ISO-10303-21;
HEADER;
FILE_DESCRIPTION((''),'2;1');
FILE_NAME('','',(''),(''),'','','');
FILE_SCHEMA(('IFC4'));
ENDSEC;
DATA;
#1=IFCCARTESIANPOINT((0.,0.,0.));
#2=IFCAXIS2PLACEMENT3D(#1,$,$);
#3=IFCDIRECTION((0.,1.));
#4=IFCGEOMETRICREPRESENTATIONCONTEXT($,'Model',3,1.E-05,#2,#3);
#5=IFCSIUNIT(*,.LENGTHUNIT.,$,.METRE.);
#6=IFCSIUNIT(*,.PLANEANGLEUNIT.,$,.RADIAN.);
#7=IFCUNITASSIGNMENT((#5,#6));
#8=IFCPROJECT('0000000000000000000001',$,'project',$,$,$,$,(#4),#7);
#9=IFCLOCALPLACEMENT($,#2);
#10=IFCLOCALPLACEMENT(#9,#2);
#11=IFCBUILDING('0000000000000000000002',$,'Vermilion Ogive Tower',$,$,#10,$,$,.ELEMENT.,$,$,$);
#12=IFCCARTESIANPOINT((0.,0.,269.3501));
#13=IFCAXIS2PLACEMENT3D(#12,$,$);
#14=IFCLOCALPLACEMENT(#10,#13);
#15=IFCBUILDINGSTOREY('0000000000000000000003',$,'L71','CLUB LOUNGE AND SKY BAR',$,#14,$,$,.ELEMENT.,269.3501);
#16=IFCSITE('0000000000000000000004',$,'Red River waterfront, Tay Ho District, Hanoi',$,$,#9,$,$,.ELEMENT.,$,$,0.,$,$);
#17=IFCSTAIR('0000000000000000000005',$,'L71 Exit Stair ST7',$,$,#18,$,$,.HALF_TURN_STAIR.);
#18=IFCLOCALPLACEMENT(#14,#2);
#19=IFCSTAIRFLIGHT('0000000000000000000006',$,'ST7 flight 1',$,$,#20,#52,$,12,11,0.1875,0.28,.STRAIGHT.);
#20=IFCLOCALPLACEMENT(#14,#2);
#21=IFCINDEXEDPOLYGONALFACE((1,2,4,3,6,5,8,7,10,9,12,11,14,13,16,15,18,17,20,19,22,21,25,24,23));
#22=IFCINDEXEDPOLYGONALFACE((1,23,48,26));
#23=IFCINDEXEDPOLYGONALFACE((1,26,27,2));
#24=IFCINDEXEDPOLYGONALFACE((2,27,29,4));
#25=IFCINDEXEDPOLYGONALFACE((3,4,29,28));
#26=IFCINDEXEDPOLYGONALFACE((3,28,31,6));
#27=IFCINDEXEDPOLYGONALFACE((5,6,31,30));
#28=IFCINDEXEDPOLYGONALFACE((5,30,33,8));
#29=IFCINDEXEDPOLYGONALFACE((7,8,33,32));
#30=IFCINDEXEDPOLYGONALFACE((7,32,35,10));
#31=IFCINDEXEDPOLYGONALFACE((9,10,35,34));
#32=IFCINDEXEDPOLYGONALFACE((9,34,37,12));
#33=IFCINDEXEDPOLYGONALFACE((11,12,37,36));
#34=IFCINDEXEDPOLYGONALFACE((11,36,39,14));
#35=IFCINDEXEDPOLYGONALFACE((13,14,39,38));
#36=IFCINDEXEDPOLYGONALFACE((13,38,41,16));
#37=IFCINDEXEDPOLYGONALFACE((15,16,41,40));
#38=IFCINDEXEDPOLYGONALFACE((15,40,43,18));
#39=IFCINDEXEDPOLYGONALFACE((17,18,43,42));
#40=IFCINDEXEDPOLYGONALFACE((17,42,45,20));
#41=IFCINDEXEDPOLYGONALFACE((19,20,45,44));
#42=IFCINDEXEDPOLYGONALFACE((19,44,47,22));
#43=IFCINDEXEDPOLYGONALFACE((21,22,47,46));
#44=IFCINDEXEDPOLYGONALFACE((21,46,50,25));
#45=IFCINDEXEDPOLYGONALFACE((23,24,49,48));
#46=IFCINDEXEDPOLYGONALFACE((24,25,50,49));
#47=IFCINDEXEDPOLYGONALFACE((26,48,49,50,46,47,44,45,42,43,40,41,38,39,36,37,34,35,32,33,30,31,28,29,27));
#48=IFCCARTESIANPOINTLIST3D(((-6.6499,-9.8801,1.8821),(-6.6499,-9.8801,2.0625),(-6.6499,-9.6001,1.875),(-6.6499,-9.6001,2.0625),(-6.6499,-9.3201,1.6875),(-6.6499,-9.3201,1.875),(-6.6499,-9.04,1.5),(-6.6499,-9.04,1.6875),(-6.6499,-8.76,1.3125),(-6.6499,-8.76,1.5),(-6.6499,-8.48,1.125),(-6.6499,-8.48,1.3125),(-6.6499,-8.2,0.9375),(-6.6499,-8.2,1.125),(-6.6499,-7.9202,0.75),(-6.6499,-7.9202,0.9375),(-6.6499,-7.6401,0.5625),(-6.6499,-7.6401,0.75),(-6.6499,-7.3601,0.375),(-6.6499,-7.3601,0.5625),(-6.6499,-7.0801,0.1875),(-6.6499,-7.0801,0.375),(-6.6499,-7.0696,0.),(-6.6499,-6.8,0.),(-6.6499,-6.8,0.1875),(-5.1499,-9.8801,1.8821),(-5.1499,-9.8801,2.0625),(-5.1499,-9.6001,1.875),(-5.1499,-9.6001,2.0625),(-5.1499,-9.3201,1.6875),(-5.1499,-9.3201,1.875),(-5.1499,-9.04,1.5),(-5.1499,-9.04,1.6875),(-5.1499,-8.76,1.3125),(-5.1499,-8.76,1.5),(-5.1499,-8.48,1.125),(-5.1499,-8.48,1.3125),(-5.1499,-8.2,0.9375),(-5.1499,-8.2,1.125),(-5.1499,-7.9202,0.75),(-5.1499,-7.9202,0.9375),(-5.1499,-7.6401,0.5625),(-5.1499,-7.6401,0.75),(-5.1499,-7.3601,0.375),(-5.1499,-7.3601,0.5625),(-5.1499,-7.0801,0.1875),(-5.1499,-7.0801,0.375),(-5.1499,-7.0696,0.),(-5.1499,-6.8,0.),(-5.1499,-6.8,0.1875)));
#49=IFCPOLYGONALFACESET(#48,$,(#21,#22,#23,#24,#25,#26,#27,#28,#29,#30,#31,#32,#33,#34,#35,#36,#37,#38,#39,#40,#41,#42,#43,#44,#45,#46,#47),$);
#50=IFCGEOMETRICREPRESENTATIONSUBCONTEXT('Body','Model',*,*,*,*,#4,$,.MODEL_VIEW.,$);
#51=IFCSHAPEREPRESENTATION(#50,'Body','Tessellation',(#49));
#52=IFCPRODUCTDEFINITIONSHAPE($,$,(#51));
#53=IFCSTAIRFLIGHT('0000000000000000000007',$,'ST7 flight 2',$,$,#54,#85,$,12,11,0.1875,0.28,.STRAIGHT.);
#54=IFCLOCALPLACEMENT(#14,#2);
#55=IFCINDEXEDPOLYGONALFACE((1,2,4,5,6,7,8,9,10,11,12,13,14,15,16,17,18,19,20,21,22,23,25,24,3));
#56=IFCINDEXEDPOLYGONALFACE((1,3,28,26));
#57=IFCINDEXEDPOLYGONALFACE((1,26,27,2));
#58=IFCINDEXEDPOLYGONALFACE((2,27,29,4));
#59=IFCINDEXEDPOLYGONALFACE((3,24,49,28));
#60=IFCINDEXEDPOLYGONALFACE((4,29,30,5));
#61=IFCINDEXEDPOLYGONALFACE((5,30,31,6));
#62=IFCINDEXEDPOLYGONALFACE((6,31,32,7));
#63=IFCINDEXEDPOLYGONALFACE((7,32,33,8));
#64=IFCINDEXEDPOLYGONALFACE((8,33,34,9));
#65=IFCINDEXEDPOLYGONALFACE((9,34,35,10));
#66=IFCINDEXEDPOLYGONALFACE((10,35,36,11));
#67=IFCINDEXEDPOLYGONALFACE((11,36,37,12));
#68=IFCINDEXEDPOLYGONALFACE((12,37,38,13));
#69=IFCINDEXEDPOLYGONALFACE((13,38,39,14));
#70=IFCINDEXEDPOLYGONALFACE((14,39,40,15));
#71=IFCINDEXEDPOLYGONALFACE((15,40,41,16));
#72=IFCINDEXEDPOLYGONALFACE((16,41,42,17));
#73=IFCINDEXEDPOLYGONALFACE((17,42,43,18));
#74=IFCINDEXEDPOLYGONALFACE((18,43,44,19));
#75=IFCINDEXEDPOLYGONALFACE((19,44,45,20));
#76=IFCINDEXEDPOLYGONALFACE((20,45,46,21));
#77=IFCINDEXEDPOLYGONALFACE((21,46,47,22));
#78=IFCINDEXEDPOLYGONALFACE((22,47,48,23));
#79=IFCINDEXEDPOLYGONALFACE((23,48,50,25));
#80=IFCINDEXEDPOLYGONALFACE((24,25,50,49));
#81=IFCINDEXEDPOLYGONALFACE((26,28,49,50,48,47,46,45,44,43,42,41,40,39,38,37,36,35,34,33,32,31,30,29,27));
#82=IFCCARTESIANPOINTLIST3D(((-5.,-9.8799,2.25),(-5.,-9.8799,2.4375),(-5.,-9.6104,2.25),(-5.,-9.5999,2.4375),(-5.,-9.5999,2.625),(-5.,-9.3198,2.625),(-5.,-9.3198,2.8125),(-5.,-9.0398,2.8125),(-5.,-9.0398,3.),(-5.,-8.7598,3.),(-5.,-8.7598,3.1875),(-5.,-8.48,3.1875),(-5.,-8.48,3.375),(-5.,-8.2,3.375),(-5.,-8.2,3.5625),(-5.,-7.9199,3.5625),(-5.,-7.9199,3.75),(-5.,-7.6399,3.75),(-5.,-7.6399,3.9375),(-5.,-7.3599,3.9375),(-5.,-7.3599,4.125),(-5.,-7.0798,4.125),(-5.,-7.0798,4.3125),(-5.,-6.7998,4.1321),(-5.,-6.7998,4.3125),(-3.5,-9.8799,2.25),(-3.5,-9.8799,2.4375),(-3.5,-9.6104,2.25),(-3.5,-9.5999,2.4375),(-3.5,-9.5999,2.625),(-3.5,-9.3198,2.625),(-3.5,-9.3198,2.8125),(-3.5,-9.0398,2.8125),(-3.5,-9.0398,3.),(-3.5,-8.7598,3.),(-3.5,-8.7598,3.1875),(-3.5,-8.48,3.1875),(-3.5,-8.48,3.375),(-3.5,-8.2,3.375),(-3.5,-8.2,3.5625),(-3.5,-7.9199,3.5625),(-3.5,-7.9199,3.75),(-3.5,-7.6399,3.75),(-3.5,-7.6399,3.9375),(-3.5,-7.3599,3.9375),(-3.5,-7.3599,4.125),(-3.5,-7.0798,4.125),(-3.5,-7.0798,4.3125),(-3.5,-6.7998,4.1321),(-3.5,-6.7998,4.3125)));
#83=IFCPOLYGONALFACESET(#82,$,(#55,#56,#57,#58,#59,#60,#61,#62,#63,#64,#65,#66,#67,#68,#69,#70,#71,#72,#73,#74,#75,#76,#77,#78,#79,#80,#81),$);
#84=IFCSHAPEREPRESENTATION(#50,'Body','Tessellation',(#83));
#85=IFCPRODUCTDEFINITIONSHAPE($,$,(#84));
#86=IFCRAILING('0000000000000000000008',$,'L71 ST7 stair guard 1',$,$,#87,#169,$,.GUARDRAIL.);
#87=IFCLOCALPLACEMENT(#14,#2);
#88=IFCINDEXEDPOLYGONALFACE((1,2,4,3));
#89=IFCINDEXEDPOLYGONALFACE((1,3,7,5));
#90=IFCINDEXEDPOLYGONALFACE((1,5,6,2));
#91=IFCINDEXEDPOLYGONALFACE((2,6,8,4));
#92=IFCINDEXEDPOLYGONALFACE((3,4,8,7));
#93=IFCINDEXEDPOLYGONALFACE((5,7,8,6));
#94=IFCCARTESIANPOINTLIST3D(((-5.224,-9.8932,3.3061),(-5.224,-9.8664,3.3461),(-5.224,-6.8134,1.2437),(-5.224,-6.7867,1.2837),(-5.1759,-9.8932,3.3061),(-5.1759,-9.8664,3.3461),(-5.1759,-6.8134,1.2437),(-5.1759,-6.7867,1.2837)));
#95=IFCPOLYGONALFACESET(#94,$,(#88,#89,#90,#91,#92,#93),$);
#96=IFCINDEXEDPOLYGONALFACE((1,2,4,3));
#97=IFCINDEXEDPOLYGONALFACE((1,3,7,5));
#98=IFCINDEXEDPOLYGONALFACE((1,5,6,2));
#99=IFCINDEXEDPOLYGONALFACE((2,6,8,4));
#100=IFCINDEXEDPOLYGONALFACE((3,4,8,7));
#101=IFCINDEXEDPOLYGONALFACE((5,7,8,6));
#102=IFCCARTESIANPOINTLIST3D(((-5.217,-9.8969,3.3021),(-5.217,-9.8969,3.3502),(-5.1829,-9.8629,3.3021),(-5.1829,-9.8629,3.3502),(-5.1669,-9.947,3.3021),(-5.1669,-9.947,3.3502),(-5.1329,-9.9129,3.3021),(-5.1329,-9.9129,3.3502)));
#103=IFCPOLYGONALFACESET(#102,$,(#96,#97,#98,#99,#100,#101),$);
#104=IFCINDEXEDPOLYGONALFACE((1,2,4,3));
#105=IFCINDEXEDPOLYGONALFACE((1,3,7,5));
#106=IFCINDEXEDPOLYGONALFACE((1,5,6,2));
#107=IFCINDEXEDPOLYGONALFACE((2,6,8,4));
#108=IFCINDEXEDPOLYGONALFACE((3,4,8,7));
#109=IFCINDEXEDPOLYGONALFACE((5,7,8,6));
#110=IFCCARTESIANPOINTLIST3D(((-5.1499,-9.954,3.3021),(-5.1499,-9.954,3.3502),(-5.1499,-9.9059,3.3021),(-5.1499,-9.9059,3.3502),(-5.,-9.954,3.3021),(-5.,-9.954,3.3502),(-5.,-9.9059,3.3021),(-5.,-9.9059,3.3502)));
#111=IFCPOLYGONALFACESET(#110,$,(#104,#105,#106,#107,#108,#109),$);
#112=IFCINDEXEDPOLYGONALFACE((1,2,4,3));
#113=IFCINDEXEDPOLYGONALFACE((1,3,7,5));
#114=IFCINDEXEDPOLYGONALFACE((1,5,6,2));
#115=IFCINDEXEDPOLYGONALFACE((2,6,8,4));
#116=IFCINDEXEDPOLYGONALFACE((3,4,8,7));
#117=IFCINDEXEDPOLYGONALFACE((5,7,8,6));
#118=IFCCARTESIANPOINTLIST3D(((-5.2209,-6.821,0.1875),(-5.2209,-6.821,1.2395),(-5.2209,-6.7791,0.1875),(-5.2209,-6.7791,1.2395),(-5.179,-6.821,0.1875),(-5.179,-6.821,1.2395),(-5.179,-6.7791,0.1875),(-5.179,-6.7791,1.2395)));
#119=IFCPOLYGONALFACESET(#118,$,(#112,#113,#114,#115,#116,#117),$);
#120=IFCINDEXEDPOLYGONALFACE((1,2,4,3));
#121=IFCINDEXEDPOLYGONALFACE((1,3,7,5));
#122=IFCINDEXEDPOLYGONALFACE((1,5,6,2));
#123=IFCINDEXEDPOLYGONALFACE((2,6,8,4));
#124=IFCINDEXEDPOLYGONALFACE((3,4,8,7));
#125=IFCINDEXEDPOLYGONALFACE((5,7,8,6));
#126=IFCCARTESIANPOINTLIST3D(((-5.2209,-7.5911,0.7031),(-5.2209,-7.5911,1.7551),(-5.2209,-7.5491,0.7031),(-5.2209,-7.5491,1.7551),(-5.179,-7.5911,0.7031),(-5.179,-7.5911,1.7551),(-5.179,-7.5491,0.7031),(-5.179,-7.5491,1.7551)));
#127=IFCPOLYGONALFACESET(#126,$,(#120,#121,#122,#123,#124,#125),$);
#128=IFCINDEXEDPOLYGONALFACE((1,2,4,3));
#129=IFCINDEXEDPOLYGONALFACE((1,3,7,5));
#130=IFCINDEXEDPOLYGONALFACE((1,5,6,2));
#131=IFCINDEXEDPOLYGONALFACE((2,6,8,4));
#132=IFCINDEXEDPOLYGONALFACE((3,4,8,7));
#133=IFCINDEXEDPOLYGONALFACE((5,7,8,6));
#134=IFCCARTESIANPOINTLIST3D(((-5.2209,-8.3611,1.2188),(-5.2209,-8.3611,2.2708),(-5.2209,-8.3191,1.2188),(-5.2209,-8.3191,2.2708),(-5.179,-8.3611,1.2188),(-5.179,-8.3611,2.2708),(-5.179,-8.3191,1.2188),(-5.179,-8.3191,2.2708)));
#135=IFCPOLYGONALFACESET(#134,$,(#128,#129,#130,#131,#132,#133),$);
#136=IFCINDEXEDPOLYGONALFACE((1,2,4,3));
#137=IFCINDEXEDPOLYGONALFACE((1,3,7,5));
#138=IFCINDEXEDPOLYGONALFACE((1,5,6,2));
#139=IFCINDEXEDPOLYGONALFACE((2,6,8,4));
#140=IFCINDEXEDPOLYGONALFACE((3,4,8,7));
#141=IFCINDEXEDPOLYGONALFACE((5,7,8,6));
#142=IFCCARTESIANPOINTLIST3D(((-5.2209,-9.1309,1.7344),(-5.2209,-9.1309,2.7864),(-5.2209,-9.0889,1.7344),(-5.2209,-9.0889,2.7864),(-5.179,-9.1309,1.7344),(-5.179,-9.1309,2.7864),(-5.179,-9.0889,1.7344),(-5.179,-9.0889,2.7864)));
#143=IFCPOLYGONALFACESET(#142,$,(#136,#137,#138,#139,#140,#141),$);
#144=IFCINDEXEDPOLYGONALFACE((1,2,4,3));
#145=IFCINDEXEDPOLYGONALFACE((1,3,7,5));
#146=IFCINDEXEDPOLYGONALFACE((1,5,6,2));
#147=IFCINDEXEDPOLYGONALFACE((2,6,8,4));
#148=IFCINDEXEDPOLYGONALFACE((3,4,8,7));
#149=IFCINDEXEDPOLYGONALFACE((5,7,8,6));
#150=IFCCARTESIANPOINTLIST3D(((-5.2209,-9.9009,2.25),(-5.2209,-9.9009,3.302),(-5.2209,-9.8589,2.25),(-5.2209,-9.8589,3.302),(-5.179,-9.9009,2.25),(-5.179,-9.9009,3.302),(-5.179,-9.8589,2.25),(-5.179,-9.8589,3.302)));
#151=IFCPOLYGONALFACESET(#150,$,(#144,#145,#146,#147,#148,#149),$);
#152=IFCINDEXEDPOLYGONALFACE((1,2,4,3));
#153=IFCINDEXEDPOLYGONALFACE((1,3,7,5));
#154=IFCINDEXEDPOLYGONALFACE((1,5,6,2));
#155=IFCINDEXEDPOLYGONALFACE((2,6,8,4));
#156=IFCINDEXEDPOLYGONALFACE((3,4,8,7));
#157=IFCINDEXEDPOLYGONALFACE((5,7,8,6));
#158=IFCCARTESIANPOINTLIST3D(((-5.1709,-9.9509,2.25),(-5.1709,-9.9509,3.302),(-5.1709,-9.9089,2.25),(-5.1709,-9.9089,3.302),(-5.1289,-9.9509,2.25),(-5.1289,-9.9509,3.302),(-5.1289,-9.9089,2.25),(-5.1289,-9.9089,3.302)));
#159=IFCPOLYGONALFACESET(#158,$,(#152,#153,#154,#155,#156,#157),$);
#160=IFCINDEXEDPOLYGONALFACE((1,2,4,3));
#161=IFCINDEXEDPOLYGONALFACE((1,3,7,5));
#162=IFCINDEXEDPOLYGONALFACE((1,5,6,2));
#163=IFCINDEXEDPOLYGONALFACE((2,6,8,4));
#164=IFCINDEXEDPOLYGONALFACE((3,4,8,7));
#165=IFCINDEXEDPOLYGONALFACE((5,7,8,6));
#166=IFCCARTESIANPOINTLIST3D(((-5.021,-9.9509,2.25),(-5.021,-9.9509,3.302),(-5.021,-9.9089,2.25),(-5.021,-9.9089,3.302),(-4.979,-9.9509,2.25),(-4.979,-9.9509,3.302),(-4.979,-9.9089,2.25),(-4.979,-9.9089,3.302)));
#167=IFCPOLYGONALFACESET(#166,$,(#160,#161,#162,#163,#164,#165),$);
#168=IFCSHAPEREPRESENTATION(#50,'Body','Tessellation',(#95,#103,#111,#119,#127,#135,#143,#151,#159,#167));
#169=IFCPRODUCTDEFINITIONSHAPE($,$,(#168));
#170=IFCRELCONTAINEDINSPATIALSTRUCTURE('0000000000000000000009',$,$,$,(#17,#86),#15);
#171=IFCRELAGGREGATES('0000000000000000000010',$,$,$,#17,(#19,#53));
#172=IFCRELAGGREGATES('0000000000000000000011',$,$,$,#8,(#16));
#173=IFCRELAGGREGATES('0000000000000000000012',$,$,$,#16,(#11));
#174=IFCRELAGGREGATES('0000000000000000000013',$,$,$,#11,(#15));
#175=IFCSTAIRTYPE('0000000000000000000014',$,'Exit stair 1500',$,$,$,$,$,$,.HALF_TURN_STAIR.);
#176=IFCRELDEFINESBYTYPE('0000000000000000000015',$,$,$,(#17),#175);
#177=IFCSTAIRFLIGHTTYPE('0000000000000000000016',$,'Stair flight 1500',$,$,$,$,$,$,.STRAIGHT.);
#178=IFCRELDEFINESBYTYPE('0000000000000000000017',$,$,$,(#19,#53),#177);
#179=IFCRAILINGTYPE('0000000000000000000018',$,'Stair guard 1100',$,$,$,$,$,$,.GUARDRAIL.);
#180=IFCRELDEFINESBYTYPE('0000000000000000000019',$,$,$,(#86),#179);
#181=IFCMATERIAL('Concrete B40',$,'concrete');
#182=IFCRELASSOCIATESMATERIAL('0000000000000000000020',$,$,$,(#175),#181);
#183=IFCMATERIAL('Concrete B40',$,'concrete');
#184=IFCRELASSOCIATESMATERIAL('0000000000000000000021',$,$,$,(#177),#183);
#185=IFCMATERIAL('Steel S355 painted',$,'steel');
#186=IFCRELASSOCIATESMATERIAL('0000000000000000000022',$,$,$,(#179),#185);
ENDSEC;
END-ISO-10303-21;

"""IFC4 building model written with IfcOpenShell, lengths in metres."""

from ifc_helpers import new_model, si_unit, direction, frame, origin, origin_2d, place, context, subcontext, project, spatial, polyline, rectangle, outline, extrude, material, type_object, element, aggregate, save


model = new_model("IFC4")

# Units and contexts
model_context = context("Model", 3, precision=1e-05, world=origin(), true_north=direction((0.0, 1.0)))
body_context = subcontext(model_context, "Body", "Model", "MODEL_VIEW")
ifc_project = project(units=[si_unit("LENGTHUNIT", "METRE"), si_unit("PLANEANGLEUNIT", "RADIAN")], contexts=[model_context])

# Site, building, storey
site_placement = place(None, origin())
site = spatial("IfcSite", under=ifc_project, at=site_placement, Name="Red River waterfront, Tay Ho District, Hanoi", CompositionType="ELEMENT", RefElevation=0.0)
building_placement = place(site_placement, origin())
building = spatial("IfcBuilding", under=site, at=building_placement, Name="Vermilion Ogive Tower", CompositionType="ELEMENT")
storey_placement = place(building_placement, frame((0.0, 0.0, 269.3501)))
storey = spatial("IfcBuildingStorey", under=building, at=storey_placement, Name="L71", Description="CLUB LOUNGE AND SKY BAR", CompositionType="ELEMENT", Elevation=269.3501)

# Stair, stair flights
ifc_material_1 = material(Name="Concrete B40", Category="concrete")
stair_type = type_object("IfcStairType", Name="Exit stair 1500", PredefinedType="HALF_TURN_STAIR", material=ifc_material_1)
stair_placement = place(storey_placement, origin())
stair = element("IfcStair", 1, at=stair_placement, inside=storey, type_object=stair_type, Name="L71 Exit Stair ST7", PredefinedType="HALF_TURN_STAIR")
ifc_material_2 = material(Name="Concrete B40", Category="concrete")
stair_flight_type = type_object("IfcStairFlightType", Name="Stair flight 1500", PredefinedType="STRAIGHT", material=ifc_material_2)
stair_flight_1_placement = place(storey_placement, frame((-5.8999, -6.8, 0.0), z_axis=(0.0, 0.0, 1.0), x_axis=(0.0, -1.0, 0.0)))
stair_flight_1 = element("IfcStairFlight", 2, at=stair_flight_1_placement, type_object=stair_flight_type, Name="ST7 flight 1", NumberOfRisers=12, NumberOfTreads=11, PredefinedType="STRAIGHT", RiserHeight=0.1875, TreadLength=0.28, context=body_context, shape_type="SweptSolid", body=[
    extrude(outline(polyline([(0.0, 0.0), (0.0, 0.1875), (0.28, 0.1875), (0.28, 0.375), (0.5601, 0.375), (0.5601, 0.5625), (0.8401, 0.5625), (0.8401, 0.75), (1.1201, 0.75), (1.1201, 0.9375), (1.3999, 0.9375), (1.3999, 1.125), (1.6799, 1.125), (1.6799, 1.3125), (1.96, 1.3125), (1.96, 1.5), (2.24, 1.5), (2.24, 1.6875), (2.52, 1.6875), (2.52, 1.875), (2.8, 1.875), (2.8, 2.0625), (3.0801, 2.0625), (3.0801, 2.25), (3.0801, 1.8821), (0.2695, 0.0), (0.0, 0.0)])), frame((0.0, 0.75, 0.0), z_axis=(0.0, -1.0, 0.0), x_axis=(1.0, 0.0, 0.0)), (0.0, 0.0, 1.0), 1.5),
])
stair_flight_2_placement = place(storey_placement, frame((-4.25, -9.8799, 2.25), z_axis=(0.0, 0.0, 1.0), x_axis=(0.0, 1.0, 0.0)))
stair_flight_2 = element("IfcStairFlight", 3, at=stair_flight_2_placement, type_object=stair_flight_type, Name="ST7 flight 2", NumberOfRisers=12, NumberOfTreads=11, PredefinedType="STRAIGHT", RiserHeight=0.1875, TreadLength=0.28, context=body_context, shape_type="SweptSolid", body=[
    extrude(outline(polyline([(0.0, 0.0), (0.0, 0.1875), (0.28, 0.1875), (0.28, 0.375), (0.5601, 0.375), (0.5601, 0.5625), (0.8401, 0.5625), (0.8401, 0.75), (1.1201, 0.75), (1.1201, 0.9375), (1.3999, 0.9375), (1.3999, 1.125), (1.6799, 1.125), (1.6799, 1.3125), (1.96, 1.3125), (1.96, 1.5), (2.24, 1.5), (2.24, 1.6875), (2.52, 1.6875), (2.52, 1.875), (2.8, 1.875), (2.8, 2.0625), (3.0801, 2.0625), (3.0801, 2.25), (3.0801, 1.8821), (0.2695, 0.0), (0.0, 0.0)])), frame((0.0, 0.75, 0.0), z_axis=(0.0, -1.0, 0.0), x_axis=(1.0, 0.0, 0.0)), (0.0, 0.0, 1.0), 1.5),
])
aggregate(stair, [stair_flight_1, stair_flight_2])

# Railing
ifc_material_3 = material(Name="Steel S355 painted", Category="steel")
railing_type_1 = type_object("IfcRailingType", Name="Stair guard 1100", PredefinedType="GUARDRAIL", material=ifc_material_3)
railing_1_placement = place(storey_placement, frame((-5.2, -6.8, 0.1875)))
element("IfcRailing", 4, at=railing_1_placement, inside=storey, type_object=railing_type_1, Name="L71 ST7 stair guard 1", PredefinedType="GUARDRAIL", context=body_context, shape_type="SweptSolid", body=[
    extrude(rectangle(XDim=0.0481, YDim=0.0481, at=origin_2d()), frame((0.0, 0.0, 1.0762), z_axis=(0.0, -0.830893, 0.556432), x_axis=(1.0, 0.0, 0.0)), (0.0, 0.0, 1.0), 3.7065),
    extrude(rectangle(XDim=0.0481, YDim=0.0481, at=origin_2d()), frame((0.0, -3.0798, 3.1387), z_axis=(0.707107, -0.707107, 0.0), x_axis=(0.707107, 0.707107, 0.0)), (0.0, 0.0, 1.0), 0.0708),
    extrude(rectangle(XDim=0.0481, YDim=0.0481, at=origin_2d()), frame((0.05, -3.1299, 3.1387), z_axis=(1.0, 0.0, 0.0), x_axis=(0.0, 1.0, 0.0)), (0.0, 0.0, 1.0), 0.1499),
    extrude(rectangle(XDim=0.042, YDim=0.042, at=origin_2d()), origin(), (0.0, 0.0, 1.0), 1.052),
    extrude(rectangle(XDim=0.042, YDim=0.042, at=origin_2d()), frame((0.0, -0.77, 0.5156)), (0.0, 0.0, 1.0), 1.052),
    extrude(rectangle(XDim=0.042, YDim=0.042, at=origin_2d()), frame((0.0, -1.54, 1.0312)), (0.0, 0.0, 1.0), 1.052),
    extrude(rectangle(XDim=0.042, YDim=0.042, at=origin_2d()), frame((0.0, -2.3098, 1.5469)), (0.0, 0.0, 1.0), 1.052),
    extrude(rectangle(XDim=0.042, YDim=0.042, at=origin_2d()), frame((0.0, -3.0798, 2.0625)), (0.0, 0.0, 1.0), 1.052),
    extrude(rectangle(XDim=0.042, YDim=0.042, at=origin_2d()), frame((0.05, -3.1299, 2.0625)), (0.0, 0.0, 1.0), 1.052),
    extrude(rectangle(XDim=0.042, YDim=0.042, at=origin_2d()), frame((0.2, -3.1299, 2.0625)), (0.0, 0.0, 1.0), 1.052),
])

save(model, "model.ifc")
